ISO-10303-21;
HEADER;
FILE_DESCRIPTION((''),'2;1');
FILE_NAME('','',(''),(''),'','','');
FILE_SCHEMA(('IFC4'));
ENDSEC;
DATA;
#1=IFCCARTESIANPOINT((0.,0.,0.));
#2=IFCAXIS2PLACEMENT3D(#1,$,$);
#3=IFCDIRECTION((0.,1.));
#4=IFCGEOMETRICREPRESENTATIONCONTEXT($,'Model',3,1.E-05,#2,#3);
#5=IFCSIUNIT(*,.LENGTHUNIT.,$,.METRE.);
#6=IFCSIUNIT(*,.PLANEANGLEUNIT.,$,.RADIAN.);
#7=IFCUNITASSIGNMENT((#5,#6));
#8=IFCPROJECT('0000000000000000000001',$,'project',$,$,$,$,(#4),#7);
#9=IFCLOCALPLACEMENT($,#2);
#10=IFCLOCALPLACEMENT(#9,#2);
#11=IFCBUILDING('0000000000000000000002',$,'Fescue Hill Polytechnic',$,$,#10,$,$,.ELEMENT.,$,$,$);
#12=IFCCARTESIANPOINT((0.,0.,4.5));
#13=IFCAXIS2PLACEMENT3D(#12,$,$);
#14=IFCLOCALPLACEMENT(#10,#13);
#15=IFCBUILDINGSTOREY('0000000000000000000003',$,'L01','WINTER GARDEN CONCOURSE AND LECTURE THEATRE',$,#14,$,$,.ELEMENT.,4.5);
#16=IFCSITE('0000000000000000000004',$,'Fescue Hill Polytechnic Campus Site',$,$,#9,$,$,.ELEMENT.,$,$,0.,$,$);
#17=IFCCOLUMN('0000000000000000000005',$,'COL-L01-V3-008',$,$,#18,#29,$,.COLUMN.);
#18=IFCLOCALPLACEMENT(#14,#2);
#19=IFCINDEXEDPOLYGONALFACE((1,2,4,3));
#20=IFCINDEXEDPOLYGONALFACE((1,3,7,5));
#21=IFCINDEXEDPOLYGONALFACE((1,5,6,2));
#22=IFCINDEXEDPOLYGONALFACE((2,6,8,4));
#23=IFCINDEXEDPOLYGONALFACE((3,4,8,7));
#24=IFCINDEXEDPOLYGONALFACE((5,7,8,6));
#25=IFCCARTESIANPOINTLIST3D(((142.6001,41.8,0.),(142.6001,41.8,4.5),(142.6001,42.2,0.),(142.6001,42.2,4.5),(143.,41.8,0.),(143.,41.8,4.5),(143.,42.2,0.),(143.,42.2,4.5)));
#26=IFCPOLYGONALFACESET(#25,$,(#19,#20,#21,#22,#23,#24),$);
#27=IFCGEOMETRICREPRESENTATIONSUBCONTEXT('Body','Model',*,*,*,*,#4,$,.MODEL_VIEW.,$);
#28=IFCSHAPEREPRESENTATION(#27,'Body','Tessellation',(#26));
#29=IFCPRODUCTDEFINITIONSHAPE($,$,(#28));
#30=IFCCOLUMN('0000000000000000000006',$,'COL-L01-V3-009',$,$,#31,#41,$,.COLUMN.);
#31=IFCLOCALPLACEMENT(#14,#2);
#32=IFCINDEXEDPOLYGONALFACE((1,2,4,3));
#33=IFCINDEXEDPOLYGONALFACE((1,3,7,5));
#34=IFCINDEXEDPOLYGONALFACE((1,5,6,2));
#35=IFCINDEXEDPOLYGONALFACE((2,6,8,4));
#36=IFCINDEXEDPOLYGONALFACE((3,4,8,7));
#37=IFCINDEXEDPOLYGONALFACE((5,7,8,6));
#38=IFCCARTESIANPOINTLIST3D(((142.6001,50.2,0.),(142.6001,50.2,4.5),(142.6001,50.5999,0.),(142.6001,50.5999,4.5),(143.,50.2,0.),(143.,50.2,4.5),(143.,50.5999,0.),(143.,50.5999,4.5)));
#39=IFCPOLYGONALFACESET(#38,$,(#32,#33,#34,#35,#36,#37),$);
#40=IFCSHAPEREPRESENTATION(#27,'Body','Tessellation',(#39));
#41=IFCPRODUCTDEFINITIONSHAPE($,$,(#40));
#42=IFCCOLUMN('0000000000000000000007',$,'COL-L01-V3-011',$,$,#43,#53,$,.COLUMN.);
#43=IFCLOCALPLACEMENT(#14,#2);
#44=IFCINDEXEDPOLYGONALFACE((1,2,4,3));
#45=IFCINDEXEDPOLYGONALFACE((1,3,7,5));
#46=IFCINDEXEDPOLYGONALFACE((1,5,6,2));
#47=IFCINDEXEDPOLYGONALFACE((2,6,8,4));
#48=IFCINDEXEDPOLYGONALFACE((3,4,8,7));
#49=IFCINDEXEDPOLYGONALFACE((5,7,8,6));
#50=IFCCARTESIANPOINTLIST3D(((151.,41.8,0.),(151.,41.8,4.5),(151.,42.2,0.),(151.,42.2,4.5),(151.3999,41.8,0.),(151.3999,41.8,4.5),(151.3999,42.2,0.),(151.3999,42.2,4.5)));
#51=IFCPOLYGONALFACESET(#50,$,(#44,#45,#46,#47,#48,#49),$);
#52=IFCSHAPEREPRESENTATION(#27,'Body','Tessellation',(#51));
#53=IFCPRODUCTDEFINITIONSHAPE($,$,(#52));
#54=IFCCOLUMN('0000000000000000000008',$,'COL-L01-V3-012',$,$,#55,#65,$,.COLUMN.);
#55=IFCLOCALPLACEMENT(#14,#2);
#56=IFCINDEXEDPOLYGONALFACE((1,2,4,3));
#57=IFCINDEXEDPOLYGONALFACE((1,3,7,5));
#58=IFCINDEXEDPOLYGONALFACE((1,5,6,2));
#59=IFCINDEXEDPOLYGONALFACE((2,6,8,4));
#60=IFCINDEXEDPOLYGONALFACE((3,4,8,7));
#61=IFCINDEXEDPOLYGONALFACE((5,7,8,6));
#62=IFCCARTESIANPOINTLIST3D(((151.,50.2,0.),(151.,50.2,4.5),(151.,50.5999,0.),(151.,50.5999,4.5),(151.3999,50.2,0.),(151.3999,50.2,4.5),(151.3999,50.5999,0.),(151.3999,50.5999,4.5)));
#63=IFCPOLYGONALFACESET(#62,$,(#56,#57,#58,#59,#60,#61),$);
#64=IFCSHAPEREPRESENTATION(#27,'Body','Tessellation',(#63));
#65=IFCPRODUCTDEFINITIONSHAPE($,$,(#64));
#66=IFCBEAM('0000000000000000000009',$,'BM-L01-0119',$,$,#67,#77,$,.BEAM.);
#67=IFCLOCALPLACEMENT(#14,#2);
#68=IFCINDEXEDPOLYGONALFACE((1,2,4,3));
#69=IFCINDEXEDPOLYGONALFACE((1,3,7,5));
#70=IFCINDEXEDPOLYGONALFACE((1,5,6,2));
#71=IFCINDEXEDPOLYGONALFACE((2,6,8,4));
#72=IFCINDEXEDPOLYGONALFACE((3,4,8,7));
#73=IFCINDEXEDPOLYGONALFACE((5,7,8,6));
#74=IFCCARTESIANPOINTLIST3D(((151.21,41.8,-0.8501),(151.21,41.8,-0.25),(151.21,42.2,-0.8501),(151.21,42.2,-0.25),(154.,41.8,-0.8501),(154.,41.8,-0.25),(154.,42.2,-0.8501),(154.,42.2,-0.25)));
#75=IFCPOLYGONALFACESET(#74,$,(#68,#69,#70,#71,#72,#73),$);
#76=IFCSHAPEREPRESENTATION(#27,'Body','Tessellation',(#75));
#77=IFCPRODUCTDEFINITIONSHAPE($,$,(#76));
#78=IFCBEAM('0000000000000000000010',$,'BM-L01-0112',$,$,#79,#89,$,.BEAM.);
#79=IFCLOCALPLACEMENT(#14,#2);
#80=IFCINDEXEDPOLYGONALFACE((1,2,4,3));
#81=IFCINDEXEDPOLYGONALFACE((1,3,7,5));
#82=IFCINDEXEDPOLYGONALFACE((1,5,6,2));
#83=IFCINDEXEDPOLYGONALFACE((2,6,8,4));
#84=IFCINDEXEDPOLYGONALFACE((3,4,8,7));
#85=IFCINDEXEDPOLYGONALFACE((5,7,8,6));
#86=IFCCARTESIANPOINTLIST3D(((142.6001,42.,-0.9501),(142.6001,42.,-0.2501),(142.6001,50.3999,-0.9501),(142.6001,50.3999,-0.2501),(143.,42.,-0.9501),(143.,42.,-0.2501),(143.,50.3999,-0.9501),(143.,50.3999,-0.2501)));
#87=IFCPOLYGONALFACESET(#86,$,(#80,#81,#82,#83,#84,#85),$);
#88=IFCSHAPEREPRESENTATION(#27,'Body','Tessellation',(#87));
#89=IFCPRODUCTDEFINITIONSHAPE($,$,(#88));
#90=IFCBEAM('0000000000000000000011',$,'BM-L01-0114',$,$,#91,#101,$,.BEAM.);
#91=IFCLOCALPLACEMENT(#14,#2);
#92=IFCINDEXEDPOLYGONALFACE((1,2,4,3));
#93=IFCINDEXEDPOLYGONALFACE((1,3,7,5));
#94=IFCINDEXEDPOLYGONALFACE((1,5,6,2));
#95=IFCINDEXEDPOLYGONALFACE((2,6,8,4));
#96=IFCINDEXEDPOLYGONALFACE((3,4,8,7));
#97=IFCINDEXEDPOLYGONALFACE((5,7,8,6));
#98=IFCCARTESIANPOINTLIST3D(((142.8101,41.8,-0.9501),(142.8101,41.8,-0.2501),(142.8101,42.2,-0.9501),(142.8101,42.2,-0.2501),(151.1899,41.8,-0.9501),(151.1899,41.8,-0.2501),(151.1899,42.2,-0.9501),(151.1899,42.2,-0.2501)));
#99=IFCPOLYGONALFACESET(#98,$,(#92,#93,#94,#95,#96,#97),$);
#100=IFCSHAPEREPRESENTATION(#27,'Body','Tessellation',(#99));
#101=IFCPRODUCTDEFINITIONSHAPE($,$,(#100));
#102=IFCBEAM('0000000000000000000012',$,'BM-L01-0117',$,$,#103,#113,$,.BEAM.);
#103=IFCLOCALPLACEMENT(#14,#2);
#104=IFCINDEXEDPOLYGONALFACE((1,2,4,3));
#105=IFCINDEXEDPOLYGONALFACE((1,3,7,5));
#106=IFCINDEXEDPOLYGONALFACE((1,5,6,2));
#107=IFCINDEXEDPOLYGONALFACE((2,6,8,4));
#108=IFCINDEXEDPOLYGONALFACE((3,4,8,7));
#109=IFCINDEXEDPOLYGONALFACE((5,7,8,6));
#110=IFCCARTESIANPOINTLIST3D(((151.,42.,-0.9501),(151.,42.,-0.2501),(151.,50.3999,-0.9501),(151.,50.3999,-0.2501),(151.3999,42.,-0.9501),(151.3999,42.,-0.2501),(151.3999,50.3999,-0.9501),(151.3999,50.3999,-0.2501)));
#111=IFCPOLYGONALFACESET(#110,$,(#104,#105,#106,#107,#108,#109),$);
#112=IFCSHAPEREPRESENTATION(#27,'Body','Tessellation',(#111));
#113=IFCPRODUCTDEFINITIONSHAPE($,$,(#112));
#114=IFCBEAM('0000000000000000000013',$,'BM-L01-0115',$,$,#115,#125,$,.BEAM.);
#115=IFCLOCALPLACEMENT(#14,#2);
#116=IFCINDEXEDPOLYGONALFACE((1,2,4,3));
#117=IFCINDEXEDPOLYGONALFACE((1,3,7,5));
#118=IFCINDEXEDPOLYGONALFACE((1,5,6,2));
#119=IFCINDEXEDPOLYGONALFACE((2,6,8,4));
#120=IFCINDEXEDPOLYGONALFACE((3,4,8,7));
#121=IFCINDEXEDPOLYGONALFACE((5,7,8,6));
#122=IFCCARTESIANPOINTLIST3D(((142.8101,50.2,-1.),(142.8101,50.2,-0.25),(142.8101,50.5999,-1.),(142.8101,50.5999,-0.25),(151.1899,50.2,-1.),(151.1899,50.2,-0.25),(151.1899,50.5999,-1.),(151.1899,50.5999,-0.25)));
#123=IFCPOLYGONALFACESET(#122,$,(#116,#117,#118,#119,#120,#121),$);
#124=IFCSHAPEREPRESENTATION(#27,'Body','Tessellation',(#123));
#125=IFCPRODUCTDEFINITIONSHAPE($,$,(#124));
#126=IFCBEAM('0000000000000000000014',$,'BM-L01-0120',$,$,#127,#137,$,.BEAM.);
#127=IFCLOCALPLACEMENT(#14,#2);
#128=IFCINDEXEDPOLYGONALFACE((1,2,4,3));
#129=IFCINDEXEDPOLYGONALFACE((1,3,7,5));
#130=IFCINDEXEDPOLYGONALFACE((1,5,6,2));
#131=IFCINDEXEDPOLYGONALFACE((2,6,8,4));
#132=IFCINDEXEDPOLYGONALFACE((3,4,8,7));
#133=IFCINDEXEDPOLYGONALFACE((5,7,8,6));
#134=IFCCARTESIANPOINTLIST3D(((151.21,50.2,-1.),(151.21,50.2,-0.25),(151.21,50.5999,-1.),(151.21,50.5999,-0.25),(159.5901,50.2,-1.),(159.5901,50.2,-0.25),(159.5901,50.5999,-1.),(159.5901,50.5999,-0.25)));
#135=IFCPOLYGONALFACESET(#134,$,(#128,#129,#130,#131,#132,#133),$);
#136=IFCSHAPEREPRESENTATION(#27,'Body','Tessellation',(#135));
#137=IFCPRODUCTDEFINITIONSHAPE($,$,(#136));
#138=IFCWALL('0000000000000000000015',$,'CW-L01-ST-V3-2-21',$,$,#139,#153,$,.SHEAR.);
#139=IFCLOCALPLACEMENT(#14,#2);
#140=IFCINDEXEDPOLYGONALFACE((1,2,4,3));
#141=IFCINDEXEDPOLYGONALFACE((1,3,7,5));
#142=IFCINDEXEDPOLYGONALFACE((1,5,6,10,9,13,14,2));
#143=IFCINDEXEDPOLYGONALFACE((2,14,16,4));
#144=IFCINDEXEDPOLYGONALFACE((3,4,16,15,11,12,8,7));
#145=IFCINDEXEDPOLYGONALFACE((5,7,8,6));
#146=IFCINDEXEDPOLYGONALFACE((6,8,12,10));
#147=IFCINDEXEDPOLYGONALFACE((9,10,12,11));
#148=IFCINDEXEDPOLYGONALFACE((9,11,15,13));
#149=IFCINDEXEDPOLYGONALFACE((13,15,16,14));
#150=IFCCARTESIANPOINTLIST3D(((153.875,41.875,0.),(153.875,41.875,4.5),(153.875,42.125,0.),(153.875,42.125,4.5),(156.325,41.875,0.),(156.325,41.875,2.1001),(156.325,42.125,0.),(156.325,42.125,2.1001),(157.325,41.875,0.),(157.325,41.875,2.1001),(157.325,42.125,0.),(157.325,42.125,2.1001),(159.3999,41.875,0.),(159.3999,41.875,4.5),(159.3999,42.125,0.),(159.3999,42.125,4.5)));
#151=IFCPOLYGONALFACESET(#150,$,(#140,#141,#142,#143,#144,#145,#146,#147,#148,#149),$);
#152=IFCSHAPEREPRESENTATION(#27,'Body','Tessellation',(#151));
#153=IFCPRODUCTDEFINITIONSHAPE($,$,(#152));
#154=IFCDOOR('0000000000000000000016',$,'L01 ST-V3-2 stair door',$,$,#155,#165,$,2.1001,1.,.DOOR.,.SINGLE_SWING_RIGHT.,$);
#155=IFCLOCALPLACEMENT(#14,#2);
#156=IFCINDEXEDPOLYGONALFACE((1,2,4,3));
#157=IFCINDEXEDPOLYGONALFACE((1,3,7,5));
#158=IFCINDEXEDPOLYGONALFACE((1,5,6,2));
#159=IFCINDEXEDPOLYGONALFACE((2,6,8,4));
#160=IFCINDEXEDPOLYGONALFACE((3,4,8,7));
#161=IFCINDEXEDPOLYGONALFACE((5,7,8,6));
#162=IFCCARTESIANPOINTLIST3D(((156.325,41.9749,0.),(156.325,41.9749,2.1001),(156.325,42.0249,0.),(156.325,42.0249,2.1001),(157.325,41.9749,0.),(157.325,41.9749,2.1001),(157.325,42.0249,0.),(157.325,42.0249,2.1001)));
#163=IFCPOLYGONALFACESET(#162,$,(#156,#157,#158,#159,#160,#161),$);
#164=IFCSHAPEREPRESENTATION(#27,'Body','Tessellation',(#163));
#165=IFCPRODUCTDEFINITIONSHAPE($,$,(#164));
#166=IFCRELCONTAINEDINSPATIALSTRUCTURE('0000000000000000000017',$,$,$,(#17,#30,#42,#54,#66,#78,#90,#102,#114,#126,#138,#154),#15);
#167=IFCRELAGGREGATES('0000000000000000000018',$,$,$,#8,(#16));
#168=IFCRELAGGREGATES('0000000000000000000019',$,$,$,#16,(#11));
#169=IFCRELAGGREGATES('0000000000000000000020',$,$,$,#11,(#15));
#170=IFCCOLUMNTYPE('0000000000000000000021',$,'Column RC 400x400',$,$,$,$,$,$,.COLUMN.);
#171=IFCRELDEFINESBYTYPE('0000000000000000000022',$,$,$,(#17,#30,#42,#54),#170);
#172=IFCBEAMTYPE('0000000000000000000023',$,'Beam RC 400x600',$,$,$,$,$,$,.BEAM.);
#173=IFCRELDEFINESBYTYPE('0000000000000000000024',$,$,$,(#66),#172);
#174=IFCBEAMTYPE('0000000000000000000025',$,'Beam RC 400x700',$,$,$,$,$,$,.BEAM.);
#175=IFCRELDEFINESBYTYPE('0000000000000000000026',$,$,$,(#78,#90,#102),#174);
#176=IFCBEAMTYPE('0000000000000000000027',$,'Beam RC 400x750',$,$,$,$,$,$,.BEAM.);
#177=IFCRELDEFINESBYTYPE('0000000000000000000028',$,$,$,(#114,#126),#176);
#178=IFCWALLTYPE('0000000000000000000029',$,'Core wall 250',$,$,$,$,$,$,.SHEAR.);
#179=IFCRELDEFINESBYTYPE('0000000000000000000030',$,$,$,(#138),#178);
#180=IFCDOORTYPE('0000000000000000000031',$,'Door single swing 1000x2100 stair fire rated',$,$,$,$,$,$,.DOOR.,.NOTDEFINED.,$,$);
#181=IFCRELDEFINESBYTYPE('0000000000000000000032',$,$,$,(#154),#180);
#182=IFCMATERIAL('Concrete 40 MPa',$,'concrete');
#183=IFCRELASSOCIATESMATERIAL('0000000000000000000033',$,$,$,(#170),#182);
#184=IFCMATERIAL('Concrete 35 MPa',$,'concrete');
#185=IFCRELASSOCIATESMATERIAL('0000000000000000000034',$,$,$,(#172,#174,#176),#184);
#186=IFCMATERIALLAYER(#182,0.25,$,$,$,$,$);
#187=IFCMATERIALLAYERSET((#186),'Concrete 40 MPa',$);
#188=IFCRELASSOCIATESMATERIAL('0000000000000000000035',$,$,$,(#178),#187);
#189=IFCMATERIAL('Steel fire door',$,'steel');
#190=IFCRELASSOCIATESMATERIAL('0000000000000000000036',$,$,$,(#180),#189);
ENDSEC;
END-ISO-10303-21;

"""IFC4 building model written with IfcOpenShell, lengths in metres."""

from ifc_helpers import new_model, si_unit, direction, frame, frame_2d, origin, origin_2d, place, context, subcontext, project, spatial, rectangle, extrude, material, layer, layer_set, material_profile, profile_set, type_object, element, fill, save


model = new_model("IFC4")

# Units and contexts
model_context = context("Model", 3, precision=1e-05, world=origin(), true_north=direction((0.0, 1.0)))
body_context = subcontext(model_context, "Body", "Model", "MODEL_VIEW")
ifc_project = project(units=[si_unit("LENGTHUNIT", "METRE"), si_unit("PLANEANGLEUNIT", "RADIAN")], contexts=[model_context])

# Site, building, storey
site_placement = place(None, origin())
site = spatial("IfcSite", under=ifc_project, at=site_placement, Name="Fescue Hill Polytechnic Campus Site", CompositionType="ELEMENT", RefElevation=0.0)
building_placement = place(site_placement, origin())
building = spatial("IfcBuilding", under=site, at=building_placement, Name="Fescue Hill Polytechnic", CompositionType="ELEMENT")
storey_placement = place(building_placement, frame((0.0, 0.0, 4.5)))
storey = spatial("IfcBuildingStorey", under=building, at=storey_placement, Name="L01", Description="WINTER GARDEN CONCOURSE AND LECTURE THEATRE", CompositionType="ELEMENT", Elevation=4.5)

# Columns
ifc_material_1 = material(Name="Concrete 40 MPa", Category="concrete")
ifc_material_profile_1 = material_profile(ifc_material_1, rectangle(XDim=0.3999, YDim=0.3999, at=origin_2d()), Name="RC 400x400")
ifc_profile_set_1 = profile_set([ifc_material_profile_1], Name="Concrete 40 MPa")
column_type = type_object("IfcColumnType", Name="Column RC 400x400", PredefinedType="COLUMN", material=ifc_profile_set_1)
for number, where, z_axis, x_axis, name in (
    (1, (142.8, 42.0, 0.0), (0.0, 0.0, 1.0), (1.0, 0.0, 0.0), "COL-L01-V3-008"),
    (2, (142.8, 50.3999, 0.0), (0.0, 0.0, 1.0), (1.0, 0.0, 0.0), "COL-L01-V3-009"),
    (3, (151.2, 42.0, 0.0), (0.0, 0.0, 1.0), (1.0, 0.0, 0.0), "COL-L01-V3-011"),
    (4, (151.2, 50.3999, 0.0), (0.0, 0.0, 1.0), (1.0, 0.0, 0.0), "COL-L01-V3-012"),
):
    element("IfcColumn", number, at=place(storey_placement, frame(where, z_axis=z_axis, x_axis=x_axis)), inside=storey, type_object=column_type, Name=name, PredefinedType="COLUMN", context=body_context, shape_type="SweptSolid", body=[
        extrude(rectangle(XDim=0.3999, YDim=0.3999, at=origin_2d()), origin(), (0.0, 0.0, 1.0), 4.5),
    ])

# Beams
ifc_material_2 = material(Name="Concrete 35 MPa", Category="concrete")
ifc_material_profile_2 = material_profile(ifc_material_2, rectangle(XDim=0.3999, YDim=0.6001, at=origin_2d()), Name="RC 400x600")
ifc_profile_set_2 = profile_set([ifc_material_profile_2], Name="Concrete 35 MPa")
beam_type_1 = type_object("IfcBeamType", Name="Beam RC 400x600", PredefinedType="BEAM", material=ifc_profile_set_2)
beam_1_placement = place(storey_placement, frame((151.21, 42.0, -0.55), z_axis=(1.0, 0.0, 0.0), x_axis=(0.0, 1.0, 0.0)))
element("IfcBeam", 5, at=beam_1_placement, inside=storey, type_object=beam_type_1, Name="BM-L01-0119", PredefinedType="BEAM", context=body_context, shape_type="SweptSolid", body=[
    extrude(rectangle(XDim=0.3999, YDim=0.6001, at=origin_2d()), origin(), (0.0, 0.0, 1.0), 2.79),
])
ifc_material_profile_3 = material_profile(ifc_material_2, rectangle(XDim=0.3999, YDim=0.7, at=origin_2d()), Name="RC 400x700")
ifc_profile_set_3 = profile_set([ifc_material_profile_3], Name="Concrete 35 MPa")
beam_type_2 = type_object("IfcBeamType", Name="Beam RC 400x700", PredefinedType="BEAM", material=ifc_profile_set_3)
beam_2_placement = place(storey_placement, frame((142.8, 42.0, -0.6001), z_axis=(0.0, 1.0, 0.0), x_axis=(-1.0, 0.0, 0.0)))
element("IfcBeam", 6, at=beam_2_placement, inside=storey, type_object=beam_type_2, Name="BM-L01-0112", PredefinedType="BEAM", context=body_context, shape_type="SweptSolid", body=[
    extrude(rectangle(XDim=0.3999, YDim=0.7, at=origin_2d()), origin(), (0.0, 0.0, 1.0), 8.3999),
])
beam_3_placement = place(storey_placement, frame((142.8101, 42.0, -0.6001), z_axis=(1.0, 0.0, 0.0), x_axis=(0.0, 1.0, 0.0)))
element("IfcBeam", 7, at=beam_3_placement, inside=storey, type_object=beam_type_2, Name="BM-L01-0114", PredefinedType="BEAM", context=body_context, shape_type="SweptSolid", body=[
    extrude(rectangle(XDim=0.3999, YDim=0.7, at=origin_2d()), origin(), (0.0, 0.0, 1.0), 8.3799),
])
beam_4_placement = place(storey_placement, frame((151.2, 42.0, -0.6001), z_axis=(0.0, 1.0, 0.0), x_axis=(-1.0, 0.0, 0.0)))
element("IfcBeam", 8, at=beam_4_placement, inside=storey, type_object=beam_type_2, Name="BM-L01-0117", PredefinedType="BEAM", context=body_context, shape_type="SweptSolid", body=[
    extrude(rectangle(XDim=0.3999, YDim=0.7, at=origin_2d()), origin(), (0.0, 0.0, 1.0), 8.3999),
])
ifc_material_profile_4 = material_profile(ifc_material_2, rectangle(XDim=0.3999, YDim=0.75, at=origin_2d()), Name="RC 400x750")
ifc_profile_set_4 = profile_set([ifc_material_profile_4], Name="Concrete 35 MPa")
beam_type_3 = type_object("IfcBeamType", Name="Beam RC 400x750", PredefinedType="BEAM", material=ifc_profile_set_4)
beam_5_placement = place(storey_placement, frame((142.8101, 50.3999, -0.625), z_axis=(1.0, 0.0, 0.0), x_axis=(0.0, 1.0, 0.0)))
element("IfcBeam", 9, at=beam_5_placement, inside=storey, type_object=beam_type_3, Name="BM-L01-0115", PredefinedType="BEAM", context=body_context, shape_type="SweptSolid", body=[
    extrude(rectangle(XDim=0.3999, YDim=0.75, at=origin_2d()), origin(), (0.0, 0.0, 1.0), 8.3799),
])
beam_6_placement = place(storey_placement, frame((151.21, 50.3999, -0.625), z_axis=(1.0, 0.0, 0.0), x_axis=(0.0, 1.0, 0.0)))
element("IfcBeam", 10, at=beam_6_placement, inside=storey, type_object=beam_type_3, Name="BM-L01-0120", PredefinedType="BEAM", context=body_context, shape_type="SweptSolid", body=[
    extrude(rectangle(XDim=0.3999, YDim=0.75, at=origin_2d()), origin(), (0.0, 0.0, 1.0), 8.3801),
])

# Wall, opening, door
ifc_layer_1 = layer(ifc_material_1, 0.25)
ifc_layer_set_1 = layer_set([ifc_layer_1], Name="Concrete 40 MPa")
wall_type_1 = type_object("IfcWallType", Name="Core wall 250", PredefinedType="SHEAR", material=ifc_layer_set_1)
wall_1_placement = place(storey_placement, frame((153.875, 42.0, 0.0), z_axis=(0.0, 0.0, 1.0), x_axis=(1.0, 0.0, 0.0)))
wall_1 = element("IfcWall", 11, at=wall_1_placement, inside=storey, type_object=wall_type_1, Name="CW-L01-ST-V3-2-21", PredefinedType="SHEAR", context=body_context, shape_type="SweptSolid", body=[
    extrude(rectangle(XDim=5.5249, YDim=0.25, at=frame_2d((2.7625, 0.0))), origin(), (0.0, 0.0, 1.0), 4.5),
])
opening_1_placement = place(wall_1_placement, frame((2.45, 0.0, 0.0)))
opening_1 = element("IfcOpeningElement", 12, at=opening_1_placement, cuts=wall_1, PredefinedType="OPENING", context=body_context, shape_type="SweptSolid", body=[
    extrude(rectangle(XDim=1.0, YDim=2.1001, at=frame_2d((0.5, 1.05))), frame((0.0, 0.135, 0.0), z_axis=(0.0, -1.0, 0.0), x_axis=(1.0, 0.0, 0.0)), (0.0, 0.0, 1.0), 0.27),
])
ifc_material_3 = material(Name="Steel fire door", Category="steel")
door_type_1 = type_object("IfcDoorType", Name="Door single swing 1000x2100 stair fire rated", OperationType="NOTDEFINED", PredefinedType="DOOR", material=ifc_material_3)
door_1_placement = place(opening_1_placement, origin())
door_1 = element("IfcDoor", 13, at=door_1_placement, inside=storey, type_object=door_type_1, Name="L01 ST-V3-2 stair door", OperationType="SINGLE_SWING_RIGHT", OverallHeight=2.1001, OverallWidth=1.0, PredefinedType="DOOR", context=body_context, shape_type="SweptSolid", body=[
    extrude(rectangle(XDim=1.0, YDim=2.1001, at=frame_2d((0.5, 1.05))), frame((0.0, 0.0249, 0.0), z_axis=(0.0, -1.0, 0.0), x_axis=(1.0, 0.0, 0.0)), (0.0, 0.0, 1.0), 0.05),
])
fill(opening_1, door_1)

save(model, "model.ifc")
